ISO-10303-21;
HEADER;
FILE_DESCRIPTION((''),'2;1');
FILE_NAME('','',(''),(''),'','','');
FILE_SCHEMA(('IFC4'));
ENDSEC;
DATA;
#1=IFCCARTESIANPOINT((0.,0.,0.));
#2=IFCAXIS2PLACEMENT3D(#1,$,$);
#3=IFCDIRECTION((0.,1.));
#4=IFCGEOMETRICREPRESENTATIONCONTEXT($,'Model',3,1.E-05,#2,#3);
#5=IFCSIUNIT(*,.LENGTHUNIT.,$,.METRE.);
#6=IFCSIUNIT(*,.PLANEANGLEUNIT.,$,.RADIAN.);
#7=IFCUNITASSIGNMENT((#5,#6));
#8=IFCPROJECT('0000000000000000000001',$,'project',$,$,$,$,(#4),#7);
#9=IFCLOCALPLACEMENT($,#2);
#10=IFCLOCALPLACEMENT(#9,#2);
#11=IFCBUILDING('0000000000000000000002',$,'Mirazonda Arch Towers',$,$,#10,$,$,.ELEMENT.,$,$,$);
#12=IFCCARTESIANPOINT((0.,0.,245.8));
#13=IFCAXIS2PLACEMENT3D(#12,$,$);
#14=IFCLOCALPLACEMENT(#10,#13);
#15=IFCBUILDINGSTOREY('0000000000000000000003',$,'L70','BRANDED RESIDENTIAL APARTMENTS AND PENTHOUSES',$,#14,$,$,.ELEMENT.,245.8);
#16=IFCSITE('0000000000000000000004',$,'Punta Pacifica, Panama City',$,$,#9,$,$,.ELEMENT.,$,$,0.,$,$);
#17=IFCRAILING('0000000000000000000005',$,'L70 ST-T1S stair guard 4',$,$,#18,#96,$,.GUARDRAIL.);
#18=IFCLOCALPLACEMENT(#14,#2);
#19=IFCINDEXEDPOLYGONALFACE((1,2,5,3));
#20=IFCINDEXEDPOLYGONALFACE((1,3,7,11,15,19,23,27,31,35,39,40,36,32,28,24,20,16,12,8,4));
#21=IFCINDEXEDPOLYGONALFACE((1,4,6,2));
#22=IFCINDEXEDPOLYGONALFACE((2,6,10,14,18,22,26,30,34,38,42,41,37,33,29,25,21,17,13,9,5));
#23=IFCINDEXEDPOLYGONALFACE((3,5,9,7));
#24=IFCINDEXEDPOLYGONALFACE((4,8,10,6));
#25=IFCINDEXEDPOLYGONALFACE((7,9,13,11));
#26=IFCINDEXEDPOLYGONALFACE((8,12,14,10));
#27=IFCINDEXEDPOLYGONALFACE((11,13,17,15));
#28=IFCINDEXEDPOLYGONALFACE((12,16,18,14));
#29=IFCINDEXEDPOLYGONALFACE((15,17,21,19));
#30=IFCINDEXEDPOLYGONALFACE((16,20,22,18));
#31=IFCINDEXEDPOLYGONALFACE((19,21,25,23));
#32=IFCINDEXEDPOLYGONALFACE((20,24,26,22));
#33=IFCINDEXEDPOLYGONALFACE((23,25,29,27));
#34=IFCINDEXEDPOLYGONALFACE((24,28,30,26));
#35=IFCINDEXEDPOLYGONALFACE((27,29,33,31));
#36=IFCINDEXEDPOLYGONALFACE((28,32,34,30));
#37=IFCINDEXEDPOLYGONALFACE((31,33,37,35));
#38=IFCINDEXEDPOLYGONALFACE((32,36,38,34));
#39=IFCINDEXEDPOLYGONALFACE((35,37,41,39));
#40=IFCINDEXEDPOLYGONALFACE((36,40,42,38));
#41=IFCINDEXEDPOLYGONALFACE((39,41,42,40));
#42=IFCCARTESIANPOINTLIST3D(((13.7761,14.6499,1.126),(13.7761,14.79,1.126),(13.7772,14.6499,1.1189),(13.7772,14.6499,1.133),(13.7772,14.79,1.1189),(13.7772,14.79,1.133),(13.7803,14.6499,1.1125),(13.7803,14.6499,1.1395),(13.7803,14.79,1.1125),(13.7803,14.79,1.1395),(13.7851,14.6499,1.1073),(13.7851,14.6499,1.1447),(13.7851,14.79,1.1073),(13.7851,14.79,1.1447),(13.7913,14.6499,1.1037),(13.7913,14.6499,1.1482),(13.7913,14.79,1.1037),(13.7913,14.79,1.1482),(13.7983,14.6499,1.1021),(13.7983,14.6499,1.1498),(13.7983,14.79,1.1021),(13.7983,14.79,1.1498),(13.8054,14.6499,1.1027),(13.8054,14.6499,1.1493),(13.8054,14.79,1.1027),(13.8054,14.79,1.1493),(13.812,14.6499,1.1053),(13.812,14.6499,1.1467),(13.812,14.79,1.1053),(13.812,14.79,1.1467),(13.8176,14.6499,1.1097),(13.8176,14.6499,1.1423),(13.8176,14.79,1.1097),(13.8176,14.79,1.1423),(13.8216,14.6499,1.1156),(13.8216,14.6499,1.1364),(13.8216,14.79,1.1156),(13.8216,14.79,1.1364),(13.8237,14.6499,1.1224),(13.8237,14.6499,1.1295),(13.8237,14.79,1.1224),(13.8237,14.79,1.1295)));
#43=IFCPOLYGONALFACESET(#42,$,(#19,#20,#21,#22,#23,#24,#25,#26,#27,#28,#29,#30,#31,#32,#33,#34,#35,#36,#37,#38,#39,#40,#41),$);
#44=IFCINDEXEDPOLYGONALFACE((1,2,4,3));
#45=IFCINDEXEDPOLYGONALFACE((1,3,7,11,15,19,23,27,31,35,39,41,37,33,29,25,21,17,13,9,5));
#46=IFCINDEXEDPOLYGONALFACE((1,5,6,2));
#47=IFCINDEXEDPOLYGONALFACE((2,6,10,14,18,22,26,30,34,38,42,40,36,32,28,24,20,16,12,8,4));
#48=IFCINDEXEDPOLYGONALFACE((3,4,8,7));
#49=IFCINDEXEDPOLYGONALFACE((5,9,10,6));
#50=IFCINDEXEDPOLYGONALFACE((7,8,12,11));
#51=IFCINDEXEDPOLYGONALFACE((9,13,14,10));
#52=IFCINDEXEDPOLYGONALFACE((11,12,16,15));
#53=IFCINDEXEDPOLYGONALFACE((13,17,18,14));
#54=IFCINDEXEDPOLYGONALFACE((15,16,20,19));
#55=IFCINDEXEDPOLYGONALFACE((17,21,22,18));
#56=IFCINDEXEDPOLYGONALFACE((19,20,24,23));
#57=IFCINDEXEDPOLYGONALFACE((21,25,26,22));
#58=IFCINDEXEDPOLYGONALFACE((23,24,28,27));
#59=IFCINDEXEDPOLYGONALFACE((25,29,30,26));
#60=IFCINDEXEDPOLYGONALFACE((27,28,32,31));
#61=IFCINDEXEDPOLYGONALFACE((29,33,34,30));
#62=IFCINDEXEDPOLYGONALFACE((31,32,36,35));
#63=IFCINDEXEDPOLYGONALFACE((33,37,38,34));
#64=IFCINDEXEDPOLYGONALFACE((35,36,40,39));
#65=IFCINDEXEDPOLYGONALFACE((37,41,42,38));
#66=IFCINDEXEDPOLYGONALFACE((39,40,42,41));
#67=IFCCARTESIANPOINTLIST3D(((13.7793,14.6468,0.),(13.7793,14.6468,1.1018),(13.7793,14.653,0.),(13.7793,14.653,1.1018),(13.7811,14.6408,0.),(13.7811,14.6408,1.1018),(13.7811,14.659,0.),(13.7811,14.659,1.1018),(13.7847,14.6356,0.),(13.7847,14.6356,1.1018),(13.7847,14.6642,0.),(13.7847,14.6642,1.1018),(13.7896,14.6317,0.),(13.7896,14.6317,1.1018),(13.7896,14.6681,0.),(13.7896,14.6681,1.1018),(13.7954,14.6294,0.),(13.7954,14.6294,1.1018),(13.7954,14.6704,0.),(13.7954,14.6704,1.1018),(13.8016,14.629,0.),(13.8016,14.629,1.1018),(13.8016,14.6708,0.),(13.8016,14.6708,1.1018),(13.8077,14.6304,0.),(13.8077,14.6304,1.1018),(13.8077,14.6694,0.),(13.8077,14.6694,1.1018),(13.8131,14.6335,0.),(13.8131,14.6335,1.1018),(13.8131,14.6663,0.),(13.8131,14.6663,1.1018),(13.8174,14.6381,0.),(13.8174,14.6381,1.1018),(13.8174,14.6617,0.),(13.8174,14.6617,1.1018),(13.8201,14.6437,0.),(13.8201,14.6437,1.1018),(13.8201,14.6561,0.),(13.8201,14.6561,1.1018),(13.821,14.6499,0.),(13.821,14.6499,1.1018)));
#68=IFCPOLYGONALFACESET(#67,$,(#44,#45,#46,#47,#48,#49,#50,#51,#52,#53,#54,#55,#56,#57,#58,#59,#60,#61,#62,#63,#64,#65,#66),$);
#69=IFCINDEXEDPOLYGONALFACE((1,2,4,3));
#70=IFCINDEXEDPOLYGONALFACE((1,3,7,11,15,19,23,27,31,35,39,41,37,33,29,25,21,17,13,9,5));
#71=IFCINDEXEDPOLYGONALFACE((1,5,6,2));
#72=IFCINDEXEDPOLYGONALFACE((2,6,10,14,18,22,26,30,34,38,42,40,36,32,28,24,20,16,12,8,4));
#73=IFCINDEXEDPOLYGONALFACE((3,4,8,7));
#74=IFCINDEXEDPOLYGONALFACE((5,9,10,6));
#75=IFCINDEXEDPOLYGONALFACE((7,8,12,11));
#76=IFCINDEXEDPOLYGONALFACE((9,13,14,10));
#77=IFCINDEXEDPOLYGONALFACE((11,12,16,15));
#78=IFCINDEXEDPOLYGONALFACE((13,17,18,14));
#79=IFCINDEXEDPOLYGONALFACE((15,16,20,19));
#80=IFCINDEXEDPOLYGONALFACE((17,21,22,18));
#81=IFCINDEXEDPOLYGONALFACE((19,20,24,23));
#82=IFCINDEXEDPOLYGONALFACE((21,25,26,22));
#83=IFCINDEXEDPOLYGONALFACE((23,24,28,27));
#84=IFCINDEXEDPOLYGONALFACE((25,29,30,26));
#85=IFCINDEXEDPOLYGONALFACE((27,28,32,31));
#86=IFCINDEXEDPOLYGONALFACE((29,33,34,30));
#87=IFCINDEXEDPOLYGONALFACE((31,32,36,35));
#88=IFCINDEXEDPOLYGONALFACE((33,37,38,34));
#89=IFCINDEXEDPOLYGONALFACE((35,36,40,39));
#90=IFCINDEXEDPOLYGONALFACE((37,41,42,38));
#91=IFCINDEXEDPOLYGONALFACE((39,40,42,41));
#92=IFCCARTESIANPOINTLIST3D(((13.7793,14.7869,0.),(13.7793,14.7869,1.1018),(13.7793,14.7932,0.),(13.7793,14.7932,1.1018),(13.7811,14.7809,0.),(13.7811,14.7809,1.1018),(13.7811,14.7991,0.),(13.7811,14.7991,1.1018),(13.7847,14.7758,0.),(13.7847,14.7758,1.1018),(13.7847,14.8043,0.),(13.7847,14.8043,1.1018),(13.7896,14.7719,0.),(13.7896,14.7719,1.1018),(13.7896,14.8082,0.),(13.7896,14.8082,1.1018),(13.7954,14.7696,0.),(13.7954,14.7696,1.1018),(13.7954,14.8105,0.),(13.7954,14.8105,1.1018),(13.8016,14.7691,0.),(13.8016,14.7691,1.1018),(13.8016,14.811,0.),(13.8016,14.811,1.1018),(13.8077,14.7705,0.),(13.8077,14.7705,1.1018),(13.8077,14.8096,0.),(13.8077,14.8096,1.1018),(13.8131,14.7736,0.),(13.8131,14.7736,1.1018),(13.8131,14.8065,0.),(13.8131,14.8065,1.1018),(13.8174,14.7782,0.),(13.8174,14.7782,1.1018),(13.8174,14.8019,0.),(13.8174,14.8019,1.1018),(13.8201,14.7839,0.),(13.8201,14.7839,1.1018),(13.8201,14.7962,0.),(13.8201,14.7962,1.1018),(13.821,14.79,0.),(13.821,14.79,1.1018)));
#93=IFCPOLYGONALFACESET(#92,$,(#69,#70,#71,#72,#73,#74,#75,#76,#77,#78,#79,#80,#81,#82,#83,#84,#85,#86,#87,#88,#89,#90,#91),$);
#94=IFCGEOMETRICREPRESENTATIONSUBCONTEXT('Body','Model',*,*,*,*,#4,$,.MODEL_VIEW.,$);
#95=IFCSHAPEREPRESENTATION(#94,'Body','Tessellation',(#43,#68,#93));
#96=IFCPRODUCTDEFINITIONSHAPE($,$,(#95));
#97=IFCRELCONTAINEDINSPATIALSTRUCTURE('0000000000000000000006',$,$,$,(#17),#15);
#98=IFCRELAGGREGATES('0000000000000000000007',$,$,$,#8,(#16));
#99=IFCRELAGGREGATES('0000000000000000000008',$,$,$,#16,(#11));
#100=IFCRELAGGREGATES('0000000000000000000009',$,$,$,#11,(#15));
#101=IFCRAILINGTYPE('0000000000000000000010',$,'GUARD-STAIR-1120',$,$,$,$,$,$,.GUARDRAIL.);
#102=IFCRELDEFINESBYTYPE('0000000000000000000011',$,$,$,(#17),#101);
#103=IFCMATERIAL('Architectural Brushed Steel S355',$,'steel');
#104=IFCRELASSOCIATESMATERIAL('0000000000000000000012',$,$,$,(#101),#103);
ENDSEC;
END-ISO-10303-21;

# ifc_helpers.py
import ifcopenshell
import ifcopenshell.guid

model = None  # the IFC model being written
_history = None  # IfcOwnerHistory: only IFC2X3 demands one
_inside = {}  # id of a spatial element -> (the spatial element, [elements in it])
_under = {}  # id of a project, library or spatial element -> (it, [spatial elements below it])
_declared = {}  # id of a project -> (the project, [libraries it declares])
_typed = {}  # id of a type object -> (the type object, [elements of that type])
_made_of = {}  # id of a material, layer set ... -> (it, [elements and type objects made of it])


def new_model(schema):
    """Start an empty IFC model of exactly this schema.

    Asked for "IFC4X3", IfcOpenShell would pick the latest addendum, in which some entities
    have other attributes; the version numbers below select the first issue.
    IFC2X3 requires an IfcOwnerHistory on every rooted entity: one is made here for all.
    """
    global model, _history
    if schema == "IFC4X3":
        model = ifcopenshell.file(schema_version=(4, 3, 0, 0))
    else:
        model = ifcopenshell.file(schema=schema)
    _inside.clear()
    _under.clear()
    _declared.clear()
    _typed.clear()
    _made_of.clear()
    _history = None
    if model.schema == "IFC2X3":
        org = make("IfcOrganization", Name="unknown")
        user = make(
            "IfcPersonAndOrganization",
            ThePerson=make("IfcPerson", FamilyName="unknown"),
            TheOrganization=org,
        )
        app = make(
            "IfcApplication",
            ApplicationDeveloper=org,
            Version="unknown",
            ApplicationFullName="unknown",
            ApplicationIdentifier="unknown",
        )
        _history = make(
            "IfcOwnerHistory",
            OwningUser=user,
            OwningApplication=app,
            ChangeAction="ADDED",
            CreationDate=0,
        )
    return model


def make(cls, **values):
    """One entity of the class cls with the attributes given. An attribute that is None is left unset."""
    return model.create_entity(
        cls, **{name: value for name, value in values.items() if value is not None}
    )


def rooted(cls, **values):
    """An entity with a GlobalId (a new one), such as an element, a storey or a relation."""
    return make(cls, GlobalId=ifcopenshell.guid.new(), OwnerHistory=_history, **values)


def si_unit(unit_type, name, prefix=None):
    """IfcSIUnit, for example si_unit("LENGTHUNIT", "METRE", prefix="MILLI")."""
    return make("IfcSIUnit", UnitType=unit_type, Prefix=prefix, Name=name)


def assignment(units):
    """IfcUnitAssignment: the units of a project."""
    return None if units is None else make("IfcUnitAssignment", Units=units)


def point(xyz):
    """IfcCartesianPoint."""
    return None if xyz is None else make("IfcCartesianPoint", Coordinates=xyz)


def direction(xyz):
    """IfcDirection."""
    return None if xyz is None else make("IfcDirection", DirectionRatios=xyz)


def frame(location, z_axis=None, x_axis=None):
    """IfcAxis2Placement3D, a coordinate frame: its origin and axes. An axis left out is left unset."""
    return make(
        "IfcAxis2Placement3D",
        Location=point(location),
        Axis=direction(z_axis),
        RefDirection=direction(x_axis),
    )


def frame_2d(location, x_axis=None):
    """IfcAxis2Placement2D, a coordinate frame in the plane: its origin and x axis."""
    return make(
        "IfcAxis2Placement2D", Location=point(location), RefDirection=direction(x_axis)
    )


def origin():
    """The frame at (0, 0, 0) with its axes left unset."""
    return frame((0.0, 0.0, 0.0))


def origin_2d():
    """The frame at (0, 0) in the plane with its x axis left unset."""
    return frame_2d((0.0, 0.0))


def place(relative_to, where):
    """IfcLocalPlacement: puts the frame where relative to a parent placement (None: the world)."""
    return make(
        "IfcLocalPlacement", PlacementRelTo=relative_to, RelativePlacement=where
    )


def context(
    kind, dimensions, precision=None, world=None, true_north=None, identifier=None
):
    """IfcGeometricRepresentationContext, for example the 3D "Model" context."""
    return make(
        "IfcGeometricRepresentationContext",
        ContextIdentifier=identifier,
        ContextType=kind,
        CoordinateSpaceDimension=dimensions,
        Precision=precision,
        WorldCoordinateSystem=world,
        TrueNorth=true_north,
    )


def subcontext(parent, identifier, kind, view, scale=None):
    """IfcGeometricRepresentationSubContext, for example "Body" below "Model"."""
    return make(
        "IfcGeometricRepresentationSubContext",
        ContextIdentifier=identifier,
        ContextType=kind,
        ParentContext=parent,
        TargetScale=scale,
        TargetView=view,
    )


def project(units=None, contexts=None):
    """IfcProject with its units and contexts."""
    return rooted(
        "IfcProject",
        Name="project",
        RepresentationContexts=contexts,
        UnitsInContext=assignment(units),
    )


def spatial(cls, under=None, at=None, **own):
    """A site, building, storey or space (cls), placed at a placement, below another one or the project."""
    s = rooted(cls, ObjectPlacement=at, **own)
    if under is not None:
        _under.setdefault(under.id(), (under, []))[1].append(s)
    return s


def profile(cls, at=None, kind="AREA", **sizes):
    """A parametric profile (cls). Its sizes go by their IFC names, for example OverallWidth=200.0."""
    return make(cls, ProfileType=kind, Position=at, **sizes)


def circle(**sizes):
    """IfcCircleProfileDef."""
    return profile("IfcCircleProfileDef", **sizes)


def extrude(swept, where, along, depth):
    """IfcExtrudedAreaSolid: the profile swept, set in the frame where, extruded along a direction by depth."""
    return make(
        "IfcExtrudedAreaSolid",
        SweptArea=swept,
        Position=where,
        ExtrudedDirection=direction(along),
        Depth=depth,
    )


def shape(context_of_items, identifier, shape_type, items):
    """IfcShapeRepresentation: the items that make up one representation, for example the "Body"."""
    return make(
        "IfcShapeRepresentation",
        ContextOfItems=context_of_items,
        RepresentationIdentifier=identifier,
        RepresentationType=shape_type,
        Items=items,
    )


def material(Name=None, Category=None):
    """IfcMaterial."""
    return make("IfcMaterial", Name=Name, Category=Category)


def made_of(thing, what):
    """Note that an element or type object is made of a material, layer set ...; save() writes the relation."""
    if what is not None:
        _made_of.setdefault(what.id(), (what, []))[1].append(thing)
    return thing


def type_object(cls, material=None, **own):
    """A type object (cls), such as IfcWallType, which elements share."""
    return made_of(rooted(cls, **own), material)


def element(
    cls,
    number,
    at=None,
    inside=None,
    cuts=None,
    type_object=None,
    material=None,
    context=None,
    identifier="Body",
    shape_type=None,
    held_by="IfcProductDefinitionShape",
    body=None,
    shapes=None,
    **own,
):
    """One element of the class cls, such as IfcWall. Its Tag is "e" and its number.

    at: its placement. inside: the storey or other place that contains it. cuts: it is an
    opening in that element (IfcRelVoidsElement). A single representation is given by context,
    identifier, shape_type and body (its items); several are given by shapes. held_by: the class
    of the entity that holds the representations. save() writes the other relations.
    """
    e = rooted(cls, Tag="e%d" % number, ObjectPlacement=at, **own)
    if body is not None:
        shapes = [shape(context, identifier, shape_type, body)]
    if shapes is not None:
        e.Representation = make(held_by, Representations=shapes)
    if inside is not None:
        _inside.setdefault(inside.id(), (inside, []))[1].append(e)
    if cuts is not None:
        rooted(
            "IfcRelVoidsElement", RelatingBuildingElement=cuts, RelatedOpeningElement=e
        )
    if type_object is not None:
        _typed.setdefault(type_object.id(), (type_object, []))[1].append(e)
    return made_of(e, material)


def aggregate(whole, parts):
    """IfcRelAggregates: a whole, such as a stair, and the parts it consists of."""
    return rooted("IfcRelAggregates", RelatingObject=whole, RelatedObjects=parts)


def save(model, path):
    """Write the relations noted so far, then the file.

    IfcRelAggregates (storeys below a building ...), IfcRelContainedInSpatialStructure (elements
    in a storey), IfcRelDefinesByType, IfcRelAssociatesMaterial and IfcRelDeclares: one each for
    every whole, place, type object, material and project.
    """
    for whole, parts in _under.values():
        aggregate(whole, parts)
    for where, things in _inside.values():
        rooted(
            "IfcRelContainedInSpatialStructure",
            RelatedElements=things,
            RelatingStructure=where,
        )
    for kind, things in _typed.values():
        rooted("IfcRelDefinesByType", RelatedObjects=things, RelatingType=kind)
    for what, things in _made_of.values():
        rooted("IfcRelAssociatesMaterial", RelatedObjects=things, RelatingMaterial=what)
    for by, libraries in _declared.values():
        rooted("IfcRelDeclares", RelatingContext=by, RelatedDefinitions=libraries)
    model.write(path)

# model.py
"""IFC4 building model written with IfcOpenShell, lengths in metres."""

from ifc_helpers import new_model, si_unit, direction, frame, origin, origin_2d, place, context, subcontext, project, spatial, circle, extrude, material, type_object, element, save


model = new_model("IFC4")

# Units and contexts
model_context = context("Model", 3, precision=1e-05, world=origin(), true_north=direction((0.0, 1.0)))
body_context = subcontext(model_context, "Body", "Model", "MODEL_VIEW")
ifc_project = project(units=[si_unit("LENGTHUNIT", "METRE"), si_unit("PLANEANGLEUNIT", "RADIAN")], contexts=[model_context])

# Site, building, storey
site_placement = place(None, origin())
site = spatial("IfcSite", under=ifc_project, at=site_placement, Name="Punta Pacifica, Panama City", CompositionType="ELEMENT", RefElevation=0.0)
building_placement = place(site_placement, origin())
building = spatial("IfcBuilding", under=site, at=building_placement, Name="Mirazonda Arch Towers", CompositionType="ELEMENT")
storey_placement = place(building_placement, frame((0.0, 0.0, 245.8)))
storey = spatial("IfcBuildingStorey", under=building, at=storey_placement, Name="L70", Description="BRANDED RESIDENTIAL APARTMENTS AND PENTHOUSES", CompositionType="ELEMENT", Elevation=245.8)

# Railing
ifc_material_1 = material(Name="Architectural Brushed Steel S355", Category="steel")
railing_type_1 = type_object("IfcRailingType", Name="GUARD-STAIR-1120", PredefinedType="GUARDRAIL", material=ifc_material_1)
railing_1_placement = place(storey_placement, frame((13.8, 14.6499, 0.0)))
element("IfcRailing", 1, at=railing_1_placement, inside=storey, type_object=railing_type_1, Name="L70 ST-T1S stair guard 4", PredefinedType="GUARDRAIL", context=body_context, shape_type="SweptSolid", body=[
    extrude(circle(Radius=0.0239, at=origin_2d()), frame((0.0, 0.0, 1.126), z_axis=(0.0, 1.0, 0.0), x_axis=(-1.0, 0.0, 0.0)), (0.0, 0.0, 1.0), 0.1401),
    extrude(circle(Radius=0.021, at=origin_2d()), origin(), (0.0, 0.0, 1.0), 1.1018),
    extrude(circle(Radius=0.021, at=origin_2d()), frame((0.0, 0.1401, 0.0)), (0.0, 0.0, 1.0), 1.1018),
])

save(model, "model.ifc")
